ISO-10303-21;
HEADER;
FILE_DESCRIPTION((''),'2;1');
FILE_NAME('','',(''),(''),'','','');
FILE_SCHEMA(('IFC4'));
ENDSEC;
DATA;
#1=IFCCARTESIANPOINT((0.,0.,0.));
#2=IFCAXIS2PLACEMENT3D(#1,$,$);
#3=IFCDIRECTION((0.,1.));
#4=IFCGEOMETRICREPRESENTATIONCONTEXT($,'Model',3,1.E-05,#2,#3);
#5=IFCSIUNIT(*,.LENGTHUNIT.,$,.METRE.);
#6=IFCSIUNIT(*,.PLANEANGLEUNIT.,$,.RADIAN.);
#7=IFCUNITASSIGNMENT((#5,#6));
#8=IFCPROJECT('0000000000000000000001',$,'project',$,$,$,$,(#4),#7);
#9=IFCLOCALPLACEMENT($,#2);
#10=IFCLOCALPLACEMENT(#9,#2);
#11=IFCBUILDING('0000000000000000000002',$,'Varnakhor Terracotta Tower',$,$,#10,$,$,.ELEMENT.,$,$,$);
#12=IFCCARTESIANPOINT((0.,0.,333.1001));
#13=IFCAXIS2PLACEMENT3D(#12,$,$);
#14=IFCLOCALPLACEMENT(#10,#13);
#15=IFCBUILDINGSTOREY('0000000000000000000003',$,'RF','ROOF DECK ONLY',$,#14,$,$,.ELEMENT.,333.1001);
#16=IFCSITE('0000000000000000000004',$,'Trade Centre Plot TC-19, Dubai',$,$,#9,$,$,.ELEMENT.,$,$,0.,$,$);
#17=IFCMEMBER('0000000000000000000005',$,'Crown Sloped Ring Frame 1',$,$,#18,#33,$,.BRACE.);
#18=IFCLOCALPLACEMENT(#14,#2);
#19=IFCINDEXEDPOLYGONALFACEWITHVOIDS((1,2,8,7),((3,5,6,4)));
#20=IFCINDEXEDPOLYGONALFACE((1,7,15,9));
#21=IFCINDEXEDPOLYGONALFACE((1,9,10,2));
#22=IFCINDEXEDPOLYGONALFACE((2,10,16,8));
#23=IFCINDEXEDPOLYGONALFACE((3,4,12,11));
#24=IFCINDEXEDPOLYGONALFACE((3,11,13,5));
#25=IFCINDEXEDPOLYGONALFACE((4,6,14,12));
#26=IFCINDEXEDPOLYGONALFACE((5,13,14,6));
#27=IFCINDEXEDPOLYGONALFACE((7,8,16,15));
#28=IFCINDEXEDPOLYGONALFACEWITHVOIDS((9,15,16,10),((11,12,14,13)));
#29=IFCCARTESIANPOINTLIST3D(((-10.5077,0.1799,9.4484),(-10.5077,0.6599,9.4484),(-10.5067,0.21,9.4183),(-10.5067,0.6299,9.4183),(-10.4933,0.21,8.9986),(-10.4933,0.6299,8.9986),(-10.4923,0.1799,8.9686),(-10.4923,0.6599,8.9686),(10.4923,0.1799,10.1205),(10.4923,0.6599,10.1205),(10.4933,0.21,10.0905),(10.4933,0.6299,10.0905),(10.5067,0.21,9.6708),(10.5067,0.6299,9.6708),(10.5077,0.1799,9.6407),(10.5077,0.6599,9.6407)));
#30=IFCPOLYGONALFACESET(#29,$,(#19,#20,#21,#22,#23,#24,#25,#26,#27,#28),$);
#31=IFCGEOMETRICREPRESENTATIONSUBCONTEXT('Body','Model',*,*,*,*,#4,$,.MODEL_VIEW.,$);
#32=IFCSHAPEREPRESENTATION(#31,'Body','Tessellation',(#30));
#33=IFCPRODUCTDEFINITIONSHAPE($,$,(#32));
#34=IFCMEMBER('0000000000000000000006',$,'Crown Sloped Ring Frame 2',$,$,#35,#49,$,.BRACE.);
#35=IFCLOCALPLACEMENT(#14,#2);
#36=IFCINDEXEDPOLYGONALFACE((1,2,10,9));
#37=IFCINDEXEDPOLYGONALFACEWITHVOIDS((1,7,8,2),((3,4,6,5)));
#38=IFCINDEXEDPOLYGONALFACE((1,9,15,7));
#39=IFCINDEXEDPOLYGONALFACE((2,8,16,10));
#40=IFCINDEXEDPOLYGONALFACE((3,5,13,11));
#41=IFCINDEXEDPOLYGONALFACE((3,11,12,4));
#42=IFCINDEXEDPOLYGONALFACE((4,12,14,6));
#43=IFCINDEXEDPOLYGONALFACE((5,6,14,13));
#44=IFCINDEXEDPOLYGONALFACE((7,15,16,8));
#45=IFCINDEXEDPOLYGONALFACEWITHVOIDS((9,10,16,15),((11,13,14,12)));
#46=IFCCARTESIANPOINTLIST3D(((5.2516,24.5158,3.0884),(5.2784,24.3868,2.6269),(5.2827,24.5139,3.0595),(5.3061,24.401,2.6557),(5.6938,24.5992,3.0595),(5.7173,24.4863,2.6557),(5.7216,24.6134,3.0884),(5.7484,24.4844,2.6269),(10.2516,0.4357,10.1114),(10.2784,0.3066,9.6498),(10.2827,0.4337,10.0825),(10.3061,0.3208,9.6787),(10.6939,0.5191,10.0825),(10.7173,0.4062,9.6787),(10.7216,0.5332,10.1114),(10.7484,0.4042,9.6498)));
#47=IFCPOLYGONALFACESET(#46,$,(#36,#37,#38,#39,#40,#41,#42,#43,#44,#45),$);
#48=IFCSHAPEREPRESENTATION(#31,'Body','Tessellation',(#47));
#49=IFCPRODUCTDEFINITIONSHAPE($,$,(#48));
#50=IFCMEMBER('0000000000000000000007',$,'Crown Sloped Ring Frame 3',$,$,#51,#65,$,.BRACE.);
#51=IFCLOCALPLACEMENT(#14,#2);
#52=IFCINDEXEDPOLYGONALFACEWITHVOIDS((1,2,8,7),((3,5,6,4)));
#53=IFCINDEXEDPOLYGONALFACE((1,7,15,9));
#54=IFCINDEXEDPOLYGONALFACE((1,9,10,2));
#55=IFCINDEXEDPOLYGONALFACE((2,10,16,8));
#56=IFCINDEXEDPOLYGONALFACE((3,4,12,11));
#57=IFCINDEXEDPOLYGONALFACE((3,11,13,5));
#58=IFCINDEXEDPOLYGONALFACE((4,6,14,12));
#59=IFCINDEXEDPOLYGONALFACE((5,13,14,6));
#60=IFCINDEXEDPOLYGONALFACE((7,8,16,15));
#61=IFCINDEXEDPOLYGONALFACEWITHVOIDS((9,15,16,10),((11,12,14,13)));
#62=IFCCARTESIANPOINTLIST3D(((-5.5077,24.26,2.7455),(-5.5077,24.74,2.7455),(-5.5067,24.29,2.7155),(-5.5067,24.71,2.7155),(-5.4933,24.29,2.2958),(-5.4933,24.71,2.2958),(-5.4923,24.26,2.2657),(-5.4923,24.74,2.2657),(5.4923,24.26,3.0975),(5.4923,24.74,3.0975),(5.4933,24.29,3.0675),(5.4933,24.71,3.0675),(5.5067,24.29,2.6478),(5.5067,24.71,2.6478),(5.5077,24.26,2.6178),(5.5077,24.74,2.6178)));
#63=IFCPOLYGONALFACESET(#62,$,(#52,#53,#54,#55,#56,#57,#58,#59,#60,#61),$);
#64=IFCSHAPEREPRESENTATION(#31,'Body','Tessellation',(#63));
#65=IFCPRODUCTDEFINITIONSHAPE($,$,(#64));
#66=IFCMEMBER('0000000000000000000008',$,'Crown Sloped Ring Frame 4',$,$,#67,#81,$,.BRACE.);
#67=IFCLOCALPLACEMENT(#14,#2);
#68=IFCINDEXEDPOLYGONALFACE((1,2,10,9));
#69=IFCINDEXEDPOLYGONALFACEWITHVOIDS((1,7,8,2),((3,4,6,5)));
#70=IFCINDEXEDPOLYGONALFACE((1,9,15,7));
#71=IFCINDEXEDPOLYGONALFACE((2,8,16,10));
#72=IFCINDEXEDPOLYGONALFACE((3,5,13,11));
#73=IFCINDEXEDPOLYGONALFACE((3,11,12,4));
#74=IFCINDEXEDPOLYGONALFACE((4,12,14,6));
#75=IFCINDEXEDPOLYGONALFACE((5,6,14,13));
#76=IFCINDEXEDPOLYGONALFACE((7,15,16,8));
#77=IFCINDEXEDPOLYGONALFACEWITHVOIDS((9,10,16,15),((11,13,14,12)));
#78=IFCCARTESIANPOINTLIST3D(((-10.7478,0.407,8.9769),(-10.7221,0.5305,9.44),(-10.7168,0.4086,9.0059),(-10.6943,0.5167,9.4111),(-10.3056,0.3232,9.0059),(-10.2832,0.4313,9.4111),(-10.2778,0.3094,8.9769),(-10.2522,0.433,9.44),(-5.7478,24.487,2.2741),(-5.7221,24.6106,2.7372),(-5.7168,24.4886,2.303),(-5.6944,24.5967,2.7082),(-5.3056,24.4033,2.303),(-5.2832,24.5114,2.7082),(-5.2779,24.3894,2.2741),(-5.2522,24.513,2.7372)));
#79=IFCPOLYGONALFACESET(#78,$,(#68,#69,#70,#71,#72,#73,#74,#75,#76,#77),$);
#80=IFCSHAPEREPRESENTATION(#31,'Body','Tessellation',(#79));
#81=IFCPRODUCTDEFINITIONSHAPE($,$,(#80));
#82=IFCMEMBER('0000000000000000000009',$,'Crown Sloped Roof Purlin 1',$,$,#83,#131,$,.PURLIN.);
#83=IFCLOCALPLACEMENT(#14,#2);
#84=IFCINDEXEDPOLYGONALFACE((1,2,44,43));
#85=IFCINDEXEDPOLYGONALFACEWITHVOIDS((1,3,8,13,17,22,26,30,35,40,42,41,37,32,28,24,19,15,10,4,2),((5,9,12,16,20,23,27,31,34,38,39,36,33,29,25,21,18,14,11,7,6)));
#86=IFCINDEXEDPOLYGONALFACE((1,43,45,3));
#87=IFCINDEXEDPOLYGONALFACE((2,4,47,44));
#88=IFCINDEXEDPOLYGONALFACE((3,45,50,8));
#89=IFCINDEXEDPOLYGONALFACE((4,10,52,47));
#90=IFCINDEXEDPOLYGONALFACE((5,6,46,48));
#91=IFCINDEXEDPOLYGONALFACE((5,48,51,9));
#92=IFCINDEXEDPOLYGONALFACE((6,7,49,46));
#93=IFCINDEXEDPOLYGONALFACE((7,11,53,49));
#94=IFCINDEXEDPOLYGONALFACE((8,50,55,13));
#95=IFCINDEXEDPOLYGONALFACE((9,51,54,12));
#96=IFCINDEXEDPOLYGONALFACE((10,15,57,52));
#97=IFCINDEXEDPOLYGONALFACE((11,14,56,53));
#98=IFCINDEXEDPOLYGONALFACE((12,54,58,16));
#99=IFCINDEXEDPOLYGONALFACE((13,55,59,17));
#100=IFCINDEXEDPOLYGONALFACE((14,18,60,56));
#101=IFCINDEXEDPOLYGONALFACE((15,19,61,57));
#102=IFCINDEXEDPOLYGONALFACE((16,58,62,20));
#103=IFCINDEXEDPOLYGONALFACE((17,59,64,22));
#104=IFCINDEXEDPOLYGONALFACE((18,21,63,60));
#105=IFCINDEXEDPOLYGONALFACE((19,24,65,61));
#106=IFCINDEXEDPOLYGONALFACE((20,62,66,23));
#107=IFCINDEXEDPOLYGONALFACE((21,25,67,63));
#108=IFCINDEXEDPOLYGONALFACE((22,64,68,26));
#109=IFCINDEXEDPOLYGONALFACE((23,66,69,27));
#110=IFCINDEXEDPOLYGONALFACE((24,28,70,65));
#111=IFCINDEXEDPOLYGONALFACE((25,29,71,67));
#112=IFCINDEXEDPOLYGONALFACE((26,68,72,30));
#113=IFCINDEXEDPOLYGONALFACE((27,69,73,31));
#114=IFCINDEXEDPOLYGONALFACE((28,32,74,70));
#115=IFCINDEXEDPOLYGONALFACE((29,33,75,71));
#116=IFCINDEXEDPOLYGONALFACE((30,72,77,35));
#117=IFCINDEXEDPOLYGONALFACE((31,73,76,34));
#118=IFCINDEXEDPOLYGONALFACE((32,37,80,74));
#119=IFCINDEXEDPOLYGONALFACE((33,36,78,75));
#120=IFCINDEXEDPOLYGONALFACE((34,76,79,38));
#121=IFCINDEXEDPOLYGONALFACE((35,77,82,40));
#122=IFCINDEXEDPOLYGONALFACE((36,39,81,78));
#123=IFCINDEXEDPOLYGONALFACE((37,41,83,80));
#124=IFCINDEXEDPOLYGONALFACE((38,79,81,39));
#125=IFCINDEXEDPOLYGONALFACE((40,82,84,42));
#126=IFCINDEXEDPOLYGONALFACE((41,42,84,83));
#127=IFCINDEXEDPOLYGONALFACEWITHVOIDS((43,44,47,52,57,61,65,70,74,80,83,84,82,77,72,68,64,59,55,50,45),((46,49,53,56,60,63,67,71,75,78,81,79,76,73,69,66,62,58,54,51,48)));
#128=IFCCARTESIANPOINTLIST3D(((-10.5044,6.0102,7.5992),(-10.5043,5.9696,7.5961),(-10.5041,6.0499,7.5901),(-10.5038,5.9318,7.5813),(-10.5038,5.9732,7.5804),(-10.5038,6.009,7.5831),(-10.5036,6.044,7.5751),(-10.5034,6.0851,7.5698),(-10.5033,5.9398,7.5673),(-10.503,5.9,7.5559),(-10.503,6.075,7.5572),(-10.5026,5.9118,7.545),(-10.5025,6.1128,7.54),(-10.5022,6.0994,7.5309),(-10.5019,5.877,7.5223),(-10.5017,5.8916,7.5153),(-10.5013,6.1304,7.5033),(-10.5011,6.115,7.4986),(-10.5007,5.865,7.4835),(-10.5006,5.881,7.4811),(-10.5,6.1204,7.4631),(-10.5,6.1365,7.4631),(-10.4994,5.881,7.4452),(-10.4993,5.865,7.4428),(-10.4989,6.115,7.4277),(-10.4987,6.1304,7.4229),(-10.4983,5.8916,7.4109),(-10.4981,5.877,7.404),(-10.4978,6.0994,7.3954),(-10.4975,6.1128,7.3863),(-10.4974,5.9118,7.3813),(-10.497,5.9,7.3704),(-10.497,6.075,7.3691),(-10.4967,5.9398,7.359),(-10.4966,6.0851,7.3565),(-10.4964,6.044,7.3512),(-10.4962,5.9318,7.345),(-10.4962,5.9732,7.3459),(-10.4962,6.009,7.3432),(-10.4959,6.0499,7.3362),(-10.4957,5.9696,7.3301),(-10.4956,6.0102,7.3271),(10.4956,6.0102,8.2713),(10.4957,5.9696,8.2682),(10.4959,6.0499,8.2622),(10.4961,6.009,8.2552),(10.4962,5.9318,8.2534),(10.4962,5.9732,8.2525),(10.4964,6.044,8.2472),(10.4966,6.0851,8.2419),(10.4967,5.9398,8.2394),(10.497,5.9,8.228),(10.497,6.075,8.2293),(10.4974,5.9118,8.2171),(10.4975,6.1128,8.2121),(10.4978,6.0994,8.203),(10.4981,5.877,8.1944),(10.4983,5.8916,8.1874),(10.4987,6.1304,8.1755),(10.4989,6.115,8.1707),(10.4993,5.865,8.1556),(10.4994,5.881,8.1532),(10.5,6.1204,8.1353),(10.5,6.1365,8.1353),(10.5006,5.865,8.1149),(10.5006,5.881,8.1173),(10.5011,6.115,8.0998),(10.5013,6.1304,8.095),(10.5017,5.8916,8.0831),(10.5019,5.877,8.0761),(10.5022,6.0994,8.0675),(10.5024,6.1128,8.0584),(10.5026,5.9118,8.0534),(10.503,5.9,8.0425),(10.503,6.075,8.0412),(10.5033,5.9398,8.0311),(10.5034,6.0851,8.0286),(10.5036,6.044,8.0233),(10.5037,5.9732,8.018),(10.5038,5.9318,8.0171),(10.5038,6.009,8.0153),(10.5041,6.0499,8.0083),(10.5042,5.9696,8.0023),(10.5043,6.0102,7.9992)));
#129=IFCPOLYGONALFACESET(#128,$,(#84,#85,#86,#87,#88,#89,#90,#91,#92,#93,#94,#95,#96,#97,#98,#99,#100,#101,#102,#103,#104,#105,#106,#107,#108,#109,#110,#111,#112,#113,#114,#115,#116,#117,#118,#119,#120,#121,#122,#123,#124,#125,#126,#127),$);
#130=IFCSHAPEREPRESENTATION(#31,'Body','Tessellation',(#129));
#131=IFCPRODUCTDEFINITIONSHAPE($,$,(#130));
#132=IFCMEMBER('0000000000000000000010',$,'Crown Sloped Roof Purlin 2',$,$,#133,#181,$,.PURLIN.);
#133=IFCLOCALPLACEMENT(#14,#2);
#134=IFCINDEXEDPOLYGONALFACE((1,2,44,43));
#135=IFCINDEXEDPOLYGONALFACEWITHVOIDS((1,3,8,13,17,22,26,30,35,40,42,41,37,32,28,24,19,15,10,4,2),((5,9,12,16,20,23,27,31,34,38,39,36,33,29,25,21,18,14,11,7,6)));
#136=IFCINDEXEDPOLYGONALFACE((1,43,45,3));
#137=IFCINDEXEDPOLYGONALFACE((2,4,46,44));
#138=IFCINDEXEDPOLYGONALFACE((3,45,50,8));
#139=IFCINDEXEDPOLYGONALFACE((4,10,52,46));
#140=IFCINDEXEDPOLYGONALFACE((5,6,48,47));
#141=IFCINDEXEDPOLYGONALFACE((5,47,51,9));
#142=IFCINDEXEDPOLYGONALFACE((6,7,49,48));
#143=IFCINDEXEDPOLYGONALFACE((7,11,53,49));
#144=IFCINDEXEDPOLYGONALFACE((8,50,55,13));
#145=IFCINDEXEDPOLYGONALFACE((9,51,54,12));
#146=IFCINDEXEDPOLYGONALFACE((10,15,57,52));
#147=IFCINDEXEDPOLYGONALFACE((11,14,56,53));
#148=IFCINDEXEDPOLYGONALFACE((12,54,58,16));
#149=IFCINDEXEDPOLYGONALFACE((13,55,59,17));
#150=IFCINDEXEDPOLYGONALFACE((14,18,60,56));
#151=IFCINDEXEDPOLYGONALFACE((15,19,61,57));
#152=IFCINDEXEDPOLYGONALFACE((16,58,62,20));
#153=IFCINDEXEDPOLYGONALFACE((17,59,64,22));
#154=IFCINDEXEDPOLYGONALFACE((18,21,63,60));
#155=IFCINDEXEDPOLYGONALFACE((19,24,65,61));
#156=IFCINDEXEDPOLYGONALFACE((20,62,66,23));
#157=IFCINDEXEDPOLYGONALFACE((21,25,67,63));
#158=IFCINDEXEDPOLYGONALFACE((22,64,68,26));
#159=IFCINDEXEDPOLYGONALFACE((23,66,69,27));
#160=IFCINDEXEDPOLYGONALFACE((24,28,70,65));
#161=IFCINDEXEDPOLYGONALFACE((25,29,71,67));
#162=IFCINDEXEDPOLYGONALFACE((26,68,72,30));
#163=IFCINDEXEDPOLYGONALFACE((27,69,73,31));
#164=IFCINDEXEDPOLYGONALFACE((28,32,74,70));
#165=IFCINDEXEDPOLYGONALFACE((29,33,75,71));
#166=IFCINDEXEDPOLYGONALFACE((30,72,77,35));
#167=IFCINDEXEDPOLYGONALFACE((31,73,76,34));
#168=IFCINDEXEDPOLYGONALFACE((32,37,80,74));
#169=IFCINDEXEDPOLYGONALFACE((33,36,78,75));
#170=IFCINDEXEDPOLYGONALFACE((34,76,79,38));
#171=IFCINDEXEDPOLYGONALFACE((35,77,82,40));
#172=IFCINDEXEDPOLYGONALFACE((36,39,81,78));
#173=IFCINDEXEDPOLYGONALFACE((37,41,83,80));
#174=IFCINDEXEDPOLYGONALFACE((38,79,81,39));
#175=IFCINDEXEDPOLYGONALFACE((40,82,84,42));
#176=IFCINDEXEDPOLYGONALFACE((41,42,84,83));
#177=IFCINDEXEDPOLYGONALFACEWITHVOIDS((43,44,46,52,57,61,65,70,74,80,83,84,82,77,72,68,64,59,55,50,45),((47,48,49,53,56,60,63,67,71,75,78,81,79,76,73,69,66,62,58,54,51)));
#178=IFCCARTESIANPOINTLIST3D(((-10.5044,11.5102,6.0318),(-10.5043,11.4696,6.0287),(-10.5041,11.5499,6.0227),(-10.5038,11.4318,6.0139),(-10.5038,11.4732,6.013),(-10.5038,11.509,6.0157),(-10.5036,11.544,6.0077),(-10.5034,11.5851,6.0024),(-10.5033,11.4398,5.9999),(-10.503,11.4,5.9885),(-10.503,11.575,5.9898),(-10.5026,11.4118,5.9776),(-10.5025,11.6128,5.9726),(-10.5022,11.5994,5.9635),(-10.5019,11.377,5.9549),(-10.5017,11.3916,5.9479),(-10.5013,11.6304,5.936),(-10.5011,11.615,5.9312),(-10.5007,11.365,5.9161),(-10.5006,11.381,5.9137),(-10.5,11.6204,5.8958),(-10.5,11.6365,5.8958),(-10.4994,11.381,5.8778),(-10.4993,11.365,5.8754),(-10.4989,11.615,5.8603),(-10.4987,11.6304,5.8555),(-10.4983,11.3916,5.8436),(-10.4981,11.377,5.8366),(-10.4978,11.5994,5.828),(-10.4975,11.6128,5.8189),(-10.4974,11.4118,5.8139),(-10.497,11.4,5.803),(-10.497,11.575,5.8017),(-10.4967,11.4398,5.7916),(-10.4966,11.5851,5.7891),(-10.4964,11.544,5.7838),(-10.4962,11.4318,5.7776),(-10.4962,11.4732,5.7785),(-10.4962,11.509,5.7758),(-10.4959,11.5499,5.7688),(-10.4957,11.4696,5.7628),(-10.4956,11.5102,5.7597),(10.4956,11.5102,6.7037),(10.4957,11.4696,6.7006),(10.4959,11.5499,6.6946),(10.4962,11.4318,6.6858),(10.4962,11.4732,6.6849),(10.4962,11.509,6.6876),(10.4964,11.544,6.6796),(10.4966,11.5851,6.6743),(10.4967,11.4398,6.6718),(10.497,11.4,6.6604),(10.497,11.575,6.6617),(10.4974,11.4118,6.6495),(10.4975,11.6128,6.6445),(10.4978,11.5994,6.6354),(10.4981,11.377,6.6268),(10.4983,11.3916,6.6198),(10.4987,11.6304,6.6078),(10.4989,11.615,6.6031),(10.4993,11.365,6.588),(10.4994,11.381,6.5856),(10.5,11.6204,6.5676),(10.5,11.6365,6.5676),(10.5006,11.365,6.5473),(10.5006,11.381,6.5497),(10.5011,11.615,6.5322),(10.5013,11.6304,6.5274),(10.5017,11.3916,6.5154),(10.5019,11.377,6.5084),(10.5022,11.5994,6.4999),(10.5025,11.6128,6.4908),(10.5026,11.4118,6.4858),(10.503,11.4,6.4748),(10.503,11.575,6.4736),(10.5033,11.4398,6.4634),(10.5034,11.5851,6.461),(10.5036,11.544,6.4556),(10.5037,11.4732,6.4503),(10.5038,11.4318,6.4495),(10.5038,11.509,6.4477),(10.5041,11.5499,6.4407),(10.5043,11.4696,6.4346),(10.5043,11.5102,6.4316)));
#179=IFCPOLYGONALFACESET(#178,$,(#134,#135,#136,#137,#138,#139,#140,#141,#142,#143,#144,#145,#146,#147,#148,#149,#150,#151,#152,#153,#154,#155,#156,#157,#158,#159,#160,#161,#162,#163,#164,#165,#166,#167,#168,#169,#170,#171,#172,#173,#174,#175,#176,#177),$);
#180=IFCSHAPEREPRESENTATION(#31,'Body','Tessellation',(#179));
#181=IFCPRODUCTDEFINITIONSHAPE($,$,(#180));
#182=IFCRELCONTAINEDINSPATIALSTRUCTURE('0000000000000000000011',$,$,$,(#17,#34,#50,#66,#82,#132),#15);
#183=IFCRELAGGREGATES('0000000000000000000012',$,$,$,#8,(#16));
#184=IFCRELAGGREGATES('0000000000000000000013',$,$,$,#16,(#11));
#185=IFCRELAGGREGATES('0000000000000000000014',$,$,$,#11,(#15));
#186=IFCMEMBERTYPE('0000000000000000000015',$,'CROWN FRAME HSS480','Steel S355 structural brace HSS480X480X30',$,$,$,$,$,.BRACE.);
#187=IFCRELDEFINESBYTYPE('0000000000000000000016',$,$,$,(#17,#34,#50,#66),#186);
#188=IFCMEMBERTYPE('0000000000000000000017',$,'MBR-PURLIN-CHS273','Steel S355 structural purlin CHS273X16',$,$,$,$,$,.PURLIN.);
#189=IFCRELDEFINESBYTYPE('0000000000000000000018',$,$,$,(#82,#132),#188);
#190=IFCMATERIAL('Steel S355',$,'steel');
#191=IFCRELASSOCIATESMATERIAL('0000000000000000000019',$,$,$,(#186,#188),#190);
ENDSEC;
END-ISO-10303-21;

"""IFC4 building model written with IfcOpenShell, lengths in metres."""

from ifc_helpers import new_model, si_unit, direction, frame, origin, origin_2d, place, context, subcontext, project, spatial, hollow_rectangle, hollow_circle, extrude, source, transform, mapped, material, material_profile, profile_set, type_object, type_shapes, element, save


model = new_model("IFC4")

# Units and contexts
model_context = context("Model", 3, precision=1e-05, world=origin(), true_north=direction((0.0, 1.0)))
body_context = subcontext(model_context, "Body", "Model", "MODEL_VIEW")
ifc_project = project(units=[si_unit("LENGTHUNIT", "METRE"), si_unit("PLANEANGLEUNIT", "RADIAN")], contexts=[model_context])

# Site, building, storey
site_placement = place(None, origin())
site = spatial("IfcSite", under=ifc_project, at=site_placement, Name="Trade Centre Plot TC-19, Dubai", CompositionType="ELEMENT", RefElevation=0.0)
building_placement = place(site_placement, origin())
building = spatial("IfcBuilding", under=site, at=building_placement, Name="Varnakhor Terracotta Tower", CompositionType="ELEMENT")
storey_placement = place(building_placement, frame((0.0, 0.0, 333.1001)))
storey = spatial("IfcBuildingStorey", under=building, at=storey_placement, Name="RF", Description="ROOF DECK ONLY", CompositionType="ELEMENT", Elevation=333.1001)

# Members
ifc_material_1 = material(Name="Steel S355", Category="steel")
ifc_material_profile_1 = material_profile(ifc_material_1, hollow_rectangle(XDim=0.48, YDim=0.48, WallThickness=0.03, at=origin_2d()), Name="HSS480X480X30")
ifc_profile_set_1 = profile_set([ifc_material_profile_1], Name="Steel S355")
member_type_1 = type_object("IfcMemberType", Name="CROWN FRAME HSS480", Description="Steel S355 structural brace HSS480X480X30", PredefinedType="BRACE", material=ifc_profile_set_1)
shared_shape_1 = source(origin(), body_context, "Body", "SweptSolid", [
    extrude(hollow_rectangle(XDim=0.48, YDim=0.48, WallThickness=0.03, at=origin_2d()), origin(), (0.0, 0.0, 1.0), 21.0107),
])
type_shapes(member_type_1, [shared_shape_1])
member_1_placement = place(storey_placement, frame((-10.5, 0.4199, 9.2085), z_axis=(0.999488, 0.0, 0.031989), x_axis=(0.0, 1.0, 0.0)))
element("IfcMember", 1, at=member_1_placement, inside=storey, type_object=member_type_1, Name="Crown Sloped Ring Frame 1", PredefinedType="BRACE", context=body_context, shape_type="MappedRepresentation", body=[
    mapped(shared_shape_1, transform((0.0, 0.0, 0.0), scale=1.0)),
])
shared_shape_2 = source(origin(), body_context, "Body", "SweptSolid", [
    extrude(hollow_rectangle(XDim=0.48, YDim=0.48, WallThickness=0.03, at=origin_2d()), origin(), (0.0, 0.0, 1.0), 25.5769),
])
member_2_placement = place(storey_placement, frame((10.5, 0.4199, 9.8806), z_axis=(-0.19549, 0.941482, -0.274583), x_axis=(-0.979116, -0.203304, 0.0)))
element("IfcMember", 2, at=member_2_placement, inside=storey, type_object=member_type_1, Name="Crown Sloped Ring Frame 2", PredefinedType="BRACE", context=body_context, shape_type="MappedRepresentation", body=[
    mapped(shared_shape_2, transform((0.0, 0.0, 0.0), scale=1.0)),
])
shared_shape_3 = source(origin(), body_context, "Body", "SweptSolid", [
    extrude(hollow_rectangle(XDim=0.48, YDim=0.48, WallThickness=0.03, at=origin_2d()), origin(), (0.0, 0.0, 1.0), 11.0056),
])
member_3_placement = place(storey_placement, frame((5.5, 24.5, 2.8577), z_axis=(-0.999488, 0.0, -0.031988), x_axis=(0.0, -1.0, 0.0)))
element("IfcMember", 3, at=member_3_placement, inside=storey, type_object=member_type_1, Name="Crown Sloped Ring Frame 3", PredefinedType="BRACE", context=body_context, shape_type="MappedRepresentation", body=[
    mapped(shared_shape_3, transform((0.0, 0.0, 0.0), scale=1.0)),
])
shared_shape_4 = source(origin(), body_context, "Body", "SweptSolid", [
    extrude(hollow_rectangle(XDim=0.48, YDim=0.48, WallThickness=0.03, at=origin_2d()), origin(), (0.0, 0.0, 1.0), 25.4907),
])
member_4_placement = place(storey_placement, frame((-5.5, 24.5, 2.5056), z_axis=(-0.19615, -0.944659, 0.262953), x_axis=(0.979116, -0.203304, 0.0)))
element("IfcMember", 4, at=member_4_placement, inside=storey, type_object=member_type_1, Name="Crown Sloped Ring Frame 4", PredefinedType="BRACE", context=body_context, shape_type="MappedRepresentation", body=[
    mapped(shared_shape_4, transform((0.0, 0.0, 0.0), scale=1.0)),
])
ifc_material_profile_2 = material_profile(ifc_material_1, hollow_circle(Radius=0.1365, WallThickness=0.0161, at=origin_2d()), Name="CHS273X16")
ifc_profile_set_2 = profile_set([ifc_material_profile_2], Name="Steel S355")
member_type_2 = type_object("IfcMemberType", Name="MBR-PURLIN-CHS273", Description="Steel S355 structural purlin CHS273X16", PredefinedType="PURLIN", material=ifc_profile_set_2)
shared_shape_5 = source(origin(), body_context, "Body", "SweptSolid", [
    extrude(hollow_circle(Radius=0.1365, WallThickness=0.0161, at=origin_2d()), origin(), (0.0, 0.0, 1.0), 21.0107),
])
type_shapes(member_type_2, [shared_shape_5])
for number, where, z_axis, x_axis, name in (
    (5, (-10.5, 6.0, 7.4631), (0.999488, 0.0, 0.031989), (0.0, 1.0, 0.0), "Crown Sloped Roof Purlin 1"),
    (6, (-10.5, 11.5, 5.8958), (0.999489, 0.0, 0.031978), (0.0, 1.0, 0.0), "Crown Sloped Roof Purlin 2"),
):
    element("IfcMember", number, at=place(storey_placement, frame(where, z_axis=z_axis, x_axis=x_axis)), inside=storey, type_object=member_type_2, Name=name, PredefinedType="PURLIN", context=body_context, shape_type="MappedRepresentation", body=[
        mapped(shared_shape_5, transform((0.0, 0.0, 0.0), scale=1.0)),
    ])

save(model, "model.ifc")
